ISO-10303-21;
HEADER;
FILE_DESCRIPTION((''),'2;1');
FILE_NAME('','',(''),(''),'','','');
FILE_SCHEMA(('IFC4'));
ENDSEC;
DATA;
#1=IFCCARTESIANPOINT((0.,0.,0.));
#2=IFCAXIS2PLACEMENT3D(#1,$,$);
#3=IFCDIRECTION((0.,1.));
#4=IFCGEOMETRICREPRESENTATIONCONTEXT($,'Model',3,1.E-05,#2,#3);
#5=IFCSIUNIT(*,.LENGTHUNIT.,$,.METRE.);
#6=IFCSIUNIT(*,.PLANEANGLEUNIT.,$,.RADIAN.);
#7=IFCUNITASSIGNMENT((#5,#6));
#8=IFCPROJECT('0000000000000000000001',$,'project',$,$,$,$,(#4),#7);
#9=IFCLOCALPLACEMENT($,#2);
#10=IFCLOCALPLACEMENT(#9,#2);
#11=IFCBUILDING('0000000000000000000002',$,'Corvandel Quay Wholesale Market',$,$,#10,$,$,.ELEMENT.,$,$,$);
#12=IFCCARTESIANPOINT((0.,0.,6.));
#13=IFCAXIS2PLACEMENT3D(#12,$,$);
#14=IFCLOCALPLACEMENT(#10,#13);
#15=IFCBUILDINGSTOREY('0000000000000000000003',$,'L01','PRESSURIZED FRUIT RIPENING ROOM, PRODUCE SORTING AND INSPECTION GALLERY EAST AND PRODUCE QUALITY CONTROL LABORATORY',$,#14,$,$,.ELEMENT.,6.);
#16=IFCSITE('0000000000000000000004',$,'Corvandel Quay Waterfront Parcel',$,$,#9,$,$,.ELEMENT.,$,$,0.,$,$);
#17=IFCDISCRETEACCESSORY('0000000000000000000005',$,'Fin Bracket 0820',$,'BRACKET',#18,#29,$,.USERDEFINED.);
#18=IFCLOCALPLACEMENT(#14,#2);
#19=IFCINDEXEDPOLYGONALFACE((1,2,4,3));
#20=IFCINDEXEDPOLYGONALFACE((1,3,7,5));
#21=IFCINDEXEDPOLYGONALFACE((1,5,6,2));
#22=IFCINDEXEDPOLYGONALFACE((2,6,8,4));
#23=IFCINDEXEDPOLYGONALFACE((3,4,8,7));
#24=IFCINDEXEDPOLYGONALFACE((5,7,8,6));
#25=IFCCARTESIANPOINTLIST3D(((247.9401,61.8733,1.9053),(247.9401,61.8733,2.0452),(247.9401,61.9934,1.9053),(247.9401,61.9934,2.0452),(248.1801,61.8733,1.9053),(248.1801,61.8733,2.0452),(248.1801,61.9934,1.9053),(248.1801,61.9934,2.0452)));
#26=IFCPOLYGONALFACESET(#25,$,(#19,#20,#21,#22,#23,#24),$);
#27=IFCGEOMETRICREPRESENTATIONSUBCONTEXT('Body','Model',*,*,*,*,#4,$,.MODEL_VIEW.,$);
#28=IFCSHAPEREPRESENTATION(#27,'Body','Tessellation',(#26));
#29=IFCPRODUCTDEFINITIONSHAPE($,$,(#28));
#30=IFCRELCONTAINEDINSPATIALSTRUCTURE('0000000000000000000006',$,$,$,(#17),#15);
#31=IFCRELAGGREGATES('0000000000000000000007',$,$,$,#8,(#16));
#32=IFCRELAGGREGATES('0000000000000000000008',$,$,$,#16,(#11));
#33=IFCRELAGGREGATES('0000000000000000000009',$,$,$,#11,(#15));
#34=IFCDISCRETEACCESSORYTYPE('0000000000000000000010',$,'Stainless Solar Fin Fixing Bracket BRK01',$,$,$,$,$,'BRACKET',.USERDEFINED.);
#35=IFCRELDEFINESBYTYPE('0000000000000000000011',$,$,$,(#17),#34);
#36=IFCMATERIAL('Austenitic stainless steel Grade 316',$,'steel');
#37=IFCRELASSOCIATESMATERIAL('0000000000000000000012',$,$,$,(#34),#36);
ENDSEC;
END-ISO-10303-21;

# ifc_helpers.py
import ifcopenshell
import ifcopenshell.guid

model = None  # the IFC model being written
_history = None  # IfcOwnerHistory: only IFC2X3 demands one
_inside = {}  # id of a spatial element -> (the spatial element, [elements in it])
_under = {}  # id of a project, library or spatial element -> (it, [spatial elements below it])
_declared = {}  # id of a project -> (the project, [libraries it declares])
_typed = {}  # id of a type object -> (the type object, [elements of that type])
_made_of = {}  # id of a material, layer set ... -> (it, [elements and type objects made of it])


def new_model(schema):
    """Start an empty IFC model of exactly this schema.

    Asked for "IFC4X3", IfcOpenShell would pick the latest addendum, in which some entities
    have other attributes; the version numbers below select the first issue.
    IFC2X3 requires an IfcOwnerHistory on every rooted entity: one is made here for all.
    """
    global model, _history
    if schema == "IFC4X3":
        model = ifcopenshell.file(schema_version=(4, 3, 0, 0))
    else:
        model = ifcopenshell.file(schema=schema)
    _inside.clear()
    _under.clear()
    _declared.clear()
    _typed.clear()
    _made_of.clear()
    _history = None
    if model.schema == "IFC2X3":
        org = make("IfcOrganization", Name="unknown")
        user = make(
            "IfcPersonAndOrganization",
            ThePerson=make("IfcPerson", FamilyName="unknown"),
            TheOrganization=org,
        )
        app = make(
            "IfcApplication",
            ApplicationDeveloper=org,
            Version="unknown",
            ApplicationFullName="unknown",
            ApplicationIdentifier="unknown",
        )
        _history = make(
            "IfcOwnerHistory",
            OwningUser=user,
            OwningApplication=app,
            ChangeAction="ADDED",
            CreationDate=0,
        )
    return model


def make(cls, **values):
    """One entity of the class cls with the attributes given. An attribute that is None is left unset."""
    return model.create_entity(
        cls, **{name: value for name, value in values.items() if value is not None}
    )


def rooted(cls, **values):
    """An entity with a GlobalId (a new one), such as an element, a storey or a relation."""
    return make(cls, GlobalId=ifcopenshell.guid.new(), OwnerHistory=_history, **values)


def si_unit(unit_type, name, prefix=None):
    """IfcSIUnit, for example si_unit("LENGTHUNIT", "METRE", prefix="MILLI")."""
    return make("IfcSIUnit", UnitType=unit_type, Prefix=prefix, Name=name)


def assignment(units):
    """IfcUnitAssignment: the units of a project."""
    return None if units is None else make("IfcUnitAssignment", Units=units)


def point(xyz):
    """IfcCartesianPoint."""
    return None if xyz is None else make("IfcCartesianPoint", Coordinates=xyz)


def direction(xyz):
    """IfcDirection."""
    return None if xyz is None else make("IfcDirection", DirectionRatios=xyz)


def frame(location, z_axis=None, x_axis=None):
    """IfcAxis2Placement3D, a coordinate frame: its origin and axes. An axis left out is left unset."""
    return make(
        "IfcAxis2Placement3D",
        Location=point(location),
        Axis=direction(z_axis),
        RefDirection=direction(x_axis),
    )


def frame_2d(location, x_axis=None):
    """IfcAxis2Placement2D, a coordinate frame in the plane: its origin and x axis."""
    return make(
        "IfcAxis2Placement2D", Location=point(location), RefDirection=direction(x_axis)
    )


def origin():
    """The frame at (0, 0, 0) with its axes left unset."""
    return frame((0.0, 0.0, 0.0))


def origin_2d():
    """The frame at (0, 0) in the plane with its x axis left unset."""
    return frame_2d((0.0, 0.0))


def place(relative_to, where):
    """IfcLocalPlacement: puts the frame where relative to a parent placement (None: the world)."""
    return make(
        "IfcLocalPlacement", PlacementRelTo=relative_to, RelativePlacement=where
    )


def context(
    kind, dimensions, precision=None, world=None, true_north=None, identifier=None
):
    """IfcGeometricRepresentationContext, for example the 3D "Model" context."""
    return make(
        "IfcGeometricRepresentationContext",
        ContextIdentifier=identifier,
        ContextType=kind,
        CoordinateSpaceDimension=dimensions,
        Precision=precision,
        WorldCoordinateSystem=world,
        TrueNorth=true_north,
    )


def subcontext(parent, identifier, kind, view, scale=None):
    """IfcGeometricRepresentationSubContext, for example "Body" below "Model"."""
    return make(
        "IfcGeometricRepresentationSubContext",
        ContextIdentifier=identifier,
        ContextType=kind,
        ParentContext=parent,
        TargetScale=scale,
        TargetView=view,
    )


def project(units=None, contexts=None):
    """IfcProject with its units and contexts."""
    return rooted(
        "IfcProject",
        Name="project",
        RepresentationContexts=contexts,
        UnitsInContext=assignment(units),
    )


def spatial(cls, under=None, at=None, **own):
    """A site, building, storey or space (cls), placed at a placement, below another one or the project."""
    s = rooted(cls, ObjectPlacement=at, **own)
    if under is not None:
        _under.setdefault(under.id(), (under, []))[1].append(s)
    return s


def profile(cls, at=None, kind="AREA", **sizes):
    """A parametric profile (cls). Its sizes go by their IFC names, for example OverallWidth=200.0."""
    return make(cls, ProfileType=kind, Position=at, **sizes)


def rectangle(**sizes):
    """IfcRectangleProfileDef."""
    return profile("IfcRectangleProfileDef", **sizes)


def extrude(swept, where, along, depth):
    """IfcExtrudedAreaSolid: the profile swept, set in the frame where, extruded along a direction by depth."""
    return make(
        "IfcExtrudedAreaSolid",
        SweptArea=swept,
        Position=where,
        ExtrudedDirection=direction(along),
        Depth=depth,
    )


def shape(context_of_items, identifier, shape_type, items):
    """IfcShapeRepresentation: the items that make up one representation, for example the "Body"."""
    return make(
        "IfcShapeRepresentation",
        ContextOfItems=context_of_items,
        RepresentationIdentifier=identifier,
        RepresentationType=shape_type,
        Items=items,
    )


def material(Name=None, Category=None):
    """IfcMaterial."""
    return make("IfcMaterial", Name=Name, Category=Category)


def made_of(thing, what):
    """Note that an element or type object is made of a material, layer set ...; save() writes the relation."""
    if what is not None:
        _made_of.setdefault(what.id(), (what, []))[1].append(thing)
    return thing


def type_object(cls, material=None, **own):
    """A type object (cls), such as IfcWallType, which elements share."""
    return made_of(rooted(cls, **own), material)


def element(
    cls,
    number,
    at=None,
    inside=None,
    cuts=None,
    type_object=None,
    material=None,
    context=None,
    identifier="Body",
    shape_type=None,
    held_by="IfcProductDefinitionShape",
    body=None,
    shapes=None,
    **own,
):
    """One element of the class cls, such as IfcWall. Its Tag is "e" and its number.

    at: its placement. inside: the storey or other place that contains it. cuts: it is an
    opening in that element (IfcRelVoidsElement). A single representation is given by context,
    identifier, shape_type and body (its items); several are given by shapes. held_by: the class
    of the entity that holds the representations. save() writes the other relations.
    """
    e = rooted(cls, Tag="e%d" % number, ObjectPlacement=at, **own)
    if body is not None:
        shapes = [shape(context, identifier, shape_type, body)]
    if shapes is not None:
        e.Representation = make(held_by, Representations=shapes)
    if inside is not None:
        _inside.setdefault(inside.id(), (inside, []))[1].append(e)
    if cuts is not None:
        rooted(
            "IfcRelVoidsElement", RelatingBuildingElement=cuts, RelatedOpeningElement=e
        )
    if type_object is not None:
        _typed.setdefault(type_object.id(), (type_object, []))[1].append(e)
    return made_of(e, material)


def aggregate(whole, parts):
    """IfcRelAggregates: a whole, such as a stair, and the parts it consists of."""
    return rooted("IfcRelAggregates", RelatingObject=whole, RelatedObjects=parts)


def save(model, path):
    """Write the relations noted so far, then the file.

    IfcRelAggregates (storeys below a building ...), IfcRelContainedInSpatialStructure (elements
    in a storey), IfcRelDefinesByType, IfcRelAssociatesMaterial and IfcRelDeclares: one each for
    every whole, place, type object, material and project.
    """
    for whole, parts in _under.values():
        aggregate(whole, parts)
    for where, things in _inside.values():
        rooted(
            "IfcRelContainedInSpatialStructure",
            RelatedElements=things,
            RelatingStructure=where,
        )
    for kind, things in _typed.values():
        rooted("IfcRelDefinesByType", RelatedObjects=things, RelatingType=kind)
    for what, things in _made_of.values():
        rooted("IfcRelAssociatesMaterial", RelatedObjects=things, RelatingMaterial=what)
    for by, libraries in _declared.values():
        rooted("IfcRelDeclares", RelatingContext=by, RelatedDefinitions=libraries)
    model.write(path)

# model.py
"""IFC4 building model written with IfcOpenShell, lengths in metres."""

from ifc_helpers import new_model, si_unit, direction, frame, origin, origin_2d, place, context, subcontext, project, spatial, rectangle, extrude, material, type_object, element, save


model = new_model("IFC4")

# Units and contexts
model_context = context("Model", 3, precision=1e-05, world=origin(), true_north=direction((0.0, 1.0)))
body_context = subcontext(model_context, "Body", "Model", "MODEL_VIEW")
ifc_project = project(units=[si_unit("LENGTHUNIT", "METRE"), si_unit("PLANEANGLEUNIT", "RADIAN")], contexts=[model_context])

# Site, building, storey
site_placement = place(None, origin())
site = spatial("IfcSite", under=ifc_project, at=site_placement, Name="Corvandel Quay Waterfront Parcel", CompositionType="ELEMENT", RefElevation=0.0)
building_placement = place(site_placement, origin())
building = spatial("IfcBuilding", under=site, at=building_placement, Name="Corvandel Quay Wholesale Market", CompositionType="ELEMENT")
storey_placement = place(building_placement, frame((0.0, 0.0, 6.0)))
storey = spatial("IfcBuildingStorey", under=building, at=storey_placement, Name="L01", Description="PRESSURIZED FRUIT RIPENING ROOM, PRODUCE SORTING AND INSPECTION GALLERY EAST AND PRODUCE QUALITY CONTROL LABORATORY", CompositionType="ELEMENT", Elevation=6.0)

# Discrete accessory
ifc_material_1 = material(Name="Austenitic stainless steel Grade 316", Category="steel")
discrete_accessory_type = type_object("IfcDiscreteAccessoryType", Name="Stainless Solar Fin Fixing Bracket BRK01", ElementType="BRACKET", PredefinedType="USERDEFINED", material=ifc_material_1)
for number, where, z_axis, x_axis, name in (
    (1, (248.0601, 61.9333, 1.9053), (0.0, 0.0, 1.0), (1.0, 0.0, 0.0), "Fin Bracket 0820"),
):
    element("IfcDiscreteAccessory", number, at=place(storey_placement, frame(where, z_axis=z_axis, x_axis=x_axis)), inside=storey, type_object=discrete_accessory_type, Name=name, ObjectType="BRACKET", PredefinedType="USERDEFINED", context=body_context, shape_type="SweptSolid", body=[
        extrude(rectangle(XDim=0.24, YDim=0.1201, at=origin_2d()), origin(), (0.0, 0.0, 1.0), 0.1399),
    ])

save(model, "model.ifc")
